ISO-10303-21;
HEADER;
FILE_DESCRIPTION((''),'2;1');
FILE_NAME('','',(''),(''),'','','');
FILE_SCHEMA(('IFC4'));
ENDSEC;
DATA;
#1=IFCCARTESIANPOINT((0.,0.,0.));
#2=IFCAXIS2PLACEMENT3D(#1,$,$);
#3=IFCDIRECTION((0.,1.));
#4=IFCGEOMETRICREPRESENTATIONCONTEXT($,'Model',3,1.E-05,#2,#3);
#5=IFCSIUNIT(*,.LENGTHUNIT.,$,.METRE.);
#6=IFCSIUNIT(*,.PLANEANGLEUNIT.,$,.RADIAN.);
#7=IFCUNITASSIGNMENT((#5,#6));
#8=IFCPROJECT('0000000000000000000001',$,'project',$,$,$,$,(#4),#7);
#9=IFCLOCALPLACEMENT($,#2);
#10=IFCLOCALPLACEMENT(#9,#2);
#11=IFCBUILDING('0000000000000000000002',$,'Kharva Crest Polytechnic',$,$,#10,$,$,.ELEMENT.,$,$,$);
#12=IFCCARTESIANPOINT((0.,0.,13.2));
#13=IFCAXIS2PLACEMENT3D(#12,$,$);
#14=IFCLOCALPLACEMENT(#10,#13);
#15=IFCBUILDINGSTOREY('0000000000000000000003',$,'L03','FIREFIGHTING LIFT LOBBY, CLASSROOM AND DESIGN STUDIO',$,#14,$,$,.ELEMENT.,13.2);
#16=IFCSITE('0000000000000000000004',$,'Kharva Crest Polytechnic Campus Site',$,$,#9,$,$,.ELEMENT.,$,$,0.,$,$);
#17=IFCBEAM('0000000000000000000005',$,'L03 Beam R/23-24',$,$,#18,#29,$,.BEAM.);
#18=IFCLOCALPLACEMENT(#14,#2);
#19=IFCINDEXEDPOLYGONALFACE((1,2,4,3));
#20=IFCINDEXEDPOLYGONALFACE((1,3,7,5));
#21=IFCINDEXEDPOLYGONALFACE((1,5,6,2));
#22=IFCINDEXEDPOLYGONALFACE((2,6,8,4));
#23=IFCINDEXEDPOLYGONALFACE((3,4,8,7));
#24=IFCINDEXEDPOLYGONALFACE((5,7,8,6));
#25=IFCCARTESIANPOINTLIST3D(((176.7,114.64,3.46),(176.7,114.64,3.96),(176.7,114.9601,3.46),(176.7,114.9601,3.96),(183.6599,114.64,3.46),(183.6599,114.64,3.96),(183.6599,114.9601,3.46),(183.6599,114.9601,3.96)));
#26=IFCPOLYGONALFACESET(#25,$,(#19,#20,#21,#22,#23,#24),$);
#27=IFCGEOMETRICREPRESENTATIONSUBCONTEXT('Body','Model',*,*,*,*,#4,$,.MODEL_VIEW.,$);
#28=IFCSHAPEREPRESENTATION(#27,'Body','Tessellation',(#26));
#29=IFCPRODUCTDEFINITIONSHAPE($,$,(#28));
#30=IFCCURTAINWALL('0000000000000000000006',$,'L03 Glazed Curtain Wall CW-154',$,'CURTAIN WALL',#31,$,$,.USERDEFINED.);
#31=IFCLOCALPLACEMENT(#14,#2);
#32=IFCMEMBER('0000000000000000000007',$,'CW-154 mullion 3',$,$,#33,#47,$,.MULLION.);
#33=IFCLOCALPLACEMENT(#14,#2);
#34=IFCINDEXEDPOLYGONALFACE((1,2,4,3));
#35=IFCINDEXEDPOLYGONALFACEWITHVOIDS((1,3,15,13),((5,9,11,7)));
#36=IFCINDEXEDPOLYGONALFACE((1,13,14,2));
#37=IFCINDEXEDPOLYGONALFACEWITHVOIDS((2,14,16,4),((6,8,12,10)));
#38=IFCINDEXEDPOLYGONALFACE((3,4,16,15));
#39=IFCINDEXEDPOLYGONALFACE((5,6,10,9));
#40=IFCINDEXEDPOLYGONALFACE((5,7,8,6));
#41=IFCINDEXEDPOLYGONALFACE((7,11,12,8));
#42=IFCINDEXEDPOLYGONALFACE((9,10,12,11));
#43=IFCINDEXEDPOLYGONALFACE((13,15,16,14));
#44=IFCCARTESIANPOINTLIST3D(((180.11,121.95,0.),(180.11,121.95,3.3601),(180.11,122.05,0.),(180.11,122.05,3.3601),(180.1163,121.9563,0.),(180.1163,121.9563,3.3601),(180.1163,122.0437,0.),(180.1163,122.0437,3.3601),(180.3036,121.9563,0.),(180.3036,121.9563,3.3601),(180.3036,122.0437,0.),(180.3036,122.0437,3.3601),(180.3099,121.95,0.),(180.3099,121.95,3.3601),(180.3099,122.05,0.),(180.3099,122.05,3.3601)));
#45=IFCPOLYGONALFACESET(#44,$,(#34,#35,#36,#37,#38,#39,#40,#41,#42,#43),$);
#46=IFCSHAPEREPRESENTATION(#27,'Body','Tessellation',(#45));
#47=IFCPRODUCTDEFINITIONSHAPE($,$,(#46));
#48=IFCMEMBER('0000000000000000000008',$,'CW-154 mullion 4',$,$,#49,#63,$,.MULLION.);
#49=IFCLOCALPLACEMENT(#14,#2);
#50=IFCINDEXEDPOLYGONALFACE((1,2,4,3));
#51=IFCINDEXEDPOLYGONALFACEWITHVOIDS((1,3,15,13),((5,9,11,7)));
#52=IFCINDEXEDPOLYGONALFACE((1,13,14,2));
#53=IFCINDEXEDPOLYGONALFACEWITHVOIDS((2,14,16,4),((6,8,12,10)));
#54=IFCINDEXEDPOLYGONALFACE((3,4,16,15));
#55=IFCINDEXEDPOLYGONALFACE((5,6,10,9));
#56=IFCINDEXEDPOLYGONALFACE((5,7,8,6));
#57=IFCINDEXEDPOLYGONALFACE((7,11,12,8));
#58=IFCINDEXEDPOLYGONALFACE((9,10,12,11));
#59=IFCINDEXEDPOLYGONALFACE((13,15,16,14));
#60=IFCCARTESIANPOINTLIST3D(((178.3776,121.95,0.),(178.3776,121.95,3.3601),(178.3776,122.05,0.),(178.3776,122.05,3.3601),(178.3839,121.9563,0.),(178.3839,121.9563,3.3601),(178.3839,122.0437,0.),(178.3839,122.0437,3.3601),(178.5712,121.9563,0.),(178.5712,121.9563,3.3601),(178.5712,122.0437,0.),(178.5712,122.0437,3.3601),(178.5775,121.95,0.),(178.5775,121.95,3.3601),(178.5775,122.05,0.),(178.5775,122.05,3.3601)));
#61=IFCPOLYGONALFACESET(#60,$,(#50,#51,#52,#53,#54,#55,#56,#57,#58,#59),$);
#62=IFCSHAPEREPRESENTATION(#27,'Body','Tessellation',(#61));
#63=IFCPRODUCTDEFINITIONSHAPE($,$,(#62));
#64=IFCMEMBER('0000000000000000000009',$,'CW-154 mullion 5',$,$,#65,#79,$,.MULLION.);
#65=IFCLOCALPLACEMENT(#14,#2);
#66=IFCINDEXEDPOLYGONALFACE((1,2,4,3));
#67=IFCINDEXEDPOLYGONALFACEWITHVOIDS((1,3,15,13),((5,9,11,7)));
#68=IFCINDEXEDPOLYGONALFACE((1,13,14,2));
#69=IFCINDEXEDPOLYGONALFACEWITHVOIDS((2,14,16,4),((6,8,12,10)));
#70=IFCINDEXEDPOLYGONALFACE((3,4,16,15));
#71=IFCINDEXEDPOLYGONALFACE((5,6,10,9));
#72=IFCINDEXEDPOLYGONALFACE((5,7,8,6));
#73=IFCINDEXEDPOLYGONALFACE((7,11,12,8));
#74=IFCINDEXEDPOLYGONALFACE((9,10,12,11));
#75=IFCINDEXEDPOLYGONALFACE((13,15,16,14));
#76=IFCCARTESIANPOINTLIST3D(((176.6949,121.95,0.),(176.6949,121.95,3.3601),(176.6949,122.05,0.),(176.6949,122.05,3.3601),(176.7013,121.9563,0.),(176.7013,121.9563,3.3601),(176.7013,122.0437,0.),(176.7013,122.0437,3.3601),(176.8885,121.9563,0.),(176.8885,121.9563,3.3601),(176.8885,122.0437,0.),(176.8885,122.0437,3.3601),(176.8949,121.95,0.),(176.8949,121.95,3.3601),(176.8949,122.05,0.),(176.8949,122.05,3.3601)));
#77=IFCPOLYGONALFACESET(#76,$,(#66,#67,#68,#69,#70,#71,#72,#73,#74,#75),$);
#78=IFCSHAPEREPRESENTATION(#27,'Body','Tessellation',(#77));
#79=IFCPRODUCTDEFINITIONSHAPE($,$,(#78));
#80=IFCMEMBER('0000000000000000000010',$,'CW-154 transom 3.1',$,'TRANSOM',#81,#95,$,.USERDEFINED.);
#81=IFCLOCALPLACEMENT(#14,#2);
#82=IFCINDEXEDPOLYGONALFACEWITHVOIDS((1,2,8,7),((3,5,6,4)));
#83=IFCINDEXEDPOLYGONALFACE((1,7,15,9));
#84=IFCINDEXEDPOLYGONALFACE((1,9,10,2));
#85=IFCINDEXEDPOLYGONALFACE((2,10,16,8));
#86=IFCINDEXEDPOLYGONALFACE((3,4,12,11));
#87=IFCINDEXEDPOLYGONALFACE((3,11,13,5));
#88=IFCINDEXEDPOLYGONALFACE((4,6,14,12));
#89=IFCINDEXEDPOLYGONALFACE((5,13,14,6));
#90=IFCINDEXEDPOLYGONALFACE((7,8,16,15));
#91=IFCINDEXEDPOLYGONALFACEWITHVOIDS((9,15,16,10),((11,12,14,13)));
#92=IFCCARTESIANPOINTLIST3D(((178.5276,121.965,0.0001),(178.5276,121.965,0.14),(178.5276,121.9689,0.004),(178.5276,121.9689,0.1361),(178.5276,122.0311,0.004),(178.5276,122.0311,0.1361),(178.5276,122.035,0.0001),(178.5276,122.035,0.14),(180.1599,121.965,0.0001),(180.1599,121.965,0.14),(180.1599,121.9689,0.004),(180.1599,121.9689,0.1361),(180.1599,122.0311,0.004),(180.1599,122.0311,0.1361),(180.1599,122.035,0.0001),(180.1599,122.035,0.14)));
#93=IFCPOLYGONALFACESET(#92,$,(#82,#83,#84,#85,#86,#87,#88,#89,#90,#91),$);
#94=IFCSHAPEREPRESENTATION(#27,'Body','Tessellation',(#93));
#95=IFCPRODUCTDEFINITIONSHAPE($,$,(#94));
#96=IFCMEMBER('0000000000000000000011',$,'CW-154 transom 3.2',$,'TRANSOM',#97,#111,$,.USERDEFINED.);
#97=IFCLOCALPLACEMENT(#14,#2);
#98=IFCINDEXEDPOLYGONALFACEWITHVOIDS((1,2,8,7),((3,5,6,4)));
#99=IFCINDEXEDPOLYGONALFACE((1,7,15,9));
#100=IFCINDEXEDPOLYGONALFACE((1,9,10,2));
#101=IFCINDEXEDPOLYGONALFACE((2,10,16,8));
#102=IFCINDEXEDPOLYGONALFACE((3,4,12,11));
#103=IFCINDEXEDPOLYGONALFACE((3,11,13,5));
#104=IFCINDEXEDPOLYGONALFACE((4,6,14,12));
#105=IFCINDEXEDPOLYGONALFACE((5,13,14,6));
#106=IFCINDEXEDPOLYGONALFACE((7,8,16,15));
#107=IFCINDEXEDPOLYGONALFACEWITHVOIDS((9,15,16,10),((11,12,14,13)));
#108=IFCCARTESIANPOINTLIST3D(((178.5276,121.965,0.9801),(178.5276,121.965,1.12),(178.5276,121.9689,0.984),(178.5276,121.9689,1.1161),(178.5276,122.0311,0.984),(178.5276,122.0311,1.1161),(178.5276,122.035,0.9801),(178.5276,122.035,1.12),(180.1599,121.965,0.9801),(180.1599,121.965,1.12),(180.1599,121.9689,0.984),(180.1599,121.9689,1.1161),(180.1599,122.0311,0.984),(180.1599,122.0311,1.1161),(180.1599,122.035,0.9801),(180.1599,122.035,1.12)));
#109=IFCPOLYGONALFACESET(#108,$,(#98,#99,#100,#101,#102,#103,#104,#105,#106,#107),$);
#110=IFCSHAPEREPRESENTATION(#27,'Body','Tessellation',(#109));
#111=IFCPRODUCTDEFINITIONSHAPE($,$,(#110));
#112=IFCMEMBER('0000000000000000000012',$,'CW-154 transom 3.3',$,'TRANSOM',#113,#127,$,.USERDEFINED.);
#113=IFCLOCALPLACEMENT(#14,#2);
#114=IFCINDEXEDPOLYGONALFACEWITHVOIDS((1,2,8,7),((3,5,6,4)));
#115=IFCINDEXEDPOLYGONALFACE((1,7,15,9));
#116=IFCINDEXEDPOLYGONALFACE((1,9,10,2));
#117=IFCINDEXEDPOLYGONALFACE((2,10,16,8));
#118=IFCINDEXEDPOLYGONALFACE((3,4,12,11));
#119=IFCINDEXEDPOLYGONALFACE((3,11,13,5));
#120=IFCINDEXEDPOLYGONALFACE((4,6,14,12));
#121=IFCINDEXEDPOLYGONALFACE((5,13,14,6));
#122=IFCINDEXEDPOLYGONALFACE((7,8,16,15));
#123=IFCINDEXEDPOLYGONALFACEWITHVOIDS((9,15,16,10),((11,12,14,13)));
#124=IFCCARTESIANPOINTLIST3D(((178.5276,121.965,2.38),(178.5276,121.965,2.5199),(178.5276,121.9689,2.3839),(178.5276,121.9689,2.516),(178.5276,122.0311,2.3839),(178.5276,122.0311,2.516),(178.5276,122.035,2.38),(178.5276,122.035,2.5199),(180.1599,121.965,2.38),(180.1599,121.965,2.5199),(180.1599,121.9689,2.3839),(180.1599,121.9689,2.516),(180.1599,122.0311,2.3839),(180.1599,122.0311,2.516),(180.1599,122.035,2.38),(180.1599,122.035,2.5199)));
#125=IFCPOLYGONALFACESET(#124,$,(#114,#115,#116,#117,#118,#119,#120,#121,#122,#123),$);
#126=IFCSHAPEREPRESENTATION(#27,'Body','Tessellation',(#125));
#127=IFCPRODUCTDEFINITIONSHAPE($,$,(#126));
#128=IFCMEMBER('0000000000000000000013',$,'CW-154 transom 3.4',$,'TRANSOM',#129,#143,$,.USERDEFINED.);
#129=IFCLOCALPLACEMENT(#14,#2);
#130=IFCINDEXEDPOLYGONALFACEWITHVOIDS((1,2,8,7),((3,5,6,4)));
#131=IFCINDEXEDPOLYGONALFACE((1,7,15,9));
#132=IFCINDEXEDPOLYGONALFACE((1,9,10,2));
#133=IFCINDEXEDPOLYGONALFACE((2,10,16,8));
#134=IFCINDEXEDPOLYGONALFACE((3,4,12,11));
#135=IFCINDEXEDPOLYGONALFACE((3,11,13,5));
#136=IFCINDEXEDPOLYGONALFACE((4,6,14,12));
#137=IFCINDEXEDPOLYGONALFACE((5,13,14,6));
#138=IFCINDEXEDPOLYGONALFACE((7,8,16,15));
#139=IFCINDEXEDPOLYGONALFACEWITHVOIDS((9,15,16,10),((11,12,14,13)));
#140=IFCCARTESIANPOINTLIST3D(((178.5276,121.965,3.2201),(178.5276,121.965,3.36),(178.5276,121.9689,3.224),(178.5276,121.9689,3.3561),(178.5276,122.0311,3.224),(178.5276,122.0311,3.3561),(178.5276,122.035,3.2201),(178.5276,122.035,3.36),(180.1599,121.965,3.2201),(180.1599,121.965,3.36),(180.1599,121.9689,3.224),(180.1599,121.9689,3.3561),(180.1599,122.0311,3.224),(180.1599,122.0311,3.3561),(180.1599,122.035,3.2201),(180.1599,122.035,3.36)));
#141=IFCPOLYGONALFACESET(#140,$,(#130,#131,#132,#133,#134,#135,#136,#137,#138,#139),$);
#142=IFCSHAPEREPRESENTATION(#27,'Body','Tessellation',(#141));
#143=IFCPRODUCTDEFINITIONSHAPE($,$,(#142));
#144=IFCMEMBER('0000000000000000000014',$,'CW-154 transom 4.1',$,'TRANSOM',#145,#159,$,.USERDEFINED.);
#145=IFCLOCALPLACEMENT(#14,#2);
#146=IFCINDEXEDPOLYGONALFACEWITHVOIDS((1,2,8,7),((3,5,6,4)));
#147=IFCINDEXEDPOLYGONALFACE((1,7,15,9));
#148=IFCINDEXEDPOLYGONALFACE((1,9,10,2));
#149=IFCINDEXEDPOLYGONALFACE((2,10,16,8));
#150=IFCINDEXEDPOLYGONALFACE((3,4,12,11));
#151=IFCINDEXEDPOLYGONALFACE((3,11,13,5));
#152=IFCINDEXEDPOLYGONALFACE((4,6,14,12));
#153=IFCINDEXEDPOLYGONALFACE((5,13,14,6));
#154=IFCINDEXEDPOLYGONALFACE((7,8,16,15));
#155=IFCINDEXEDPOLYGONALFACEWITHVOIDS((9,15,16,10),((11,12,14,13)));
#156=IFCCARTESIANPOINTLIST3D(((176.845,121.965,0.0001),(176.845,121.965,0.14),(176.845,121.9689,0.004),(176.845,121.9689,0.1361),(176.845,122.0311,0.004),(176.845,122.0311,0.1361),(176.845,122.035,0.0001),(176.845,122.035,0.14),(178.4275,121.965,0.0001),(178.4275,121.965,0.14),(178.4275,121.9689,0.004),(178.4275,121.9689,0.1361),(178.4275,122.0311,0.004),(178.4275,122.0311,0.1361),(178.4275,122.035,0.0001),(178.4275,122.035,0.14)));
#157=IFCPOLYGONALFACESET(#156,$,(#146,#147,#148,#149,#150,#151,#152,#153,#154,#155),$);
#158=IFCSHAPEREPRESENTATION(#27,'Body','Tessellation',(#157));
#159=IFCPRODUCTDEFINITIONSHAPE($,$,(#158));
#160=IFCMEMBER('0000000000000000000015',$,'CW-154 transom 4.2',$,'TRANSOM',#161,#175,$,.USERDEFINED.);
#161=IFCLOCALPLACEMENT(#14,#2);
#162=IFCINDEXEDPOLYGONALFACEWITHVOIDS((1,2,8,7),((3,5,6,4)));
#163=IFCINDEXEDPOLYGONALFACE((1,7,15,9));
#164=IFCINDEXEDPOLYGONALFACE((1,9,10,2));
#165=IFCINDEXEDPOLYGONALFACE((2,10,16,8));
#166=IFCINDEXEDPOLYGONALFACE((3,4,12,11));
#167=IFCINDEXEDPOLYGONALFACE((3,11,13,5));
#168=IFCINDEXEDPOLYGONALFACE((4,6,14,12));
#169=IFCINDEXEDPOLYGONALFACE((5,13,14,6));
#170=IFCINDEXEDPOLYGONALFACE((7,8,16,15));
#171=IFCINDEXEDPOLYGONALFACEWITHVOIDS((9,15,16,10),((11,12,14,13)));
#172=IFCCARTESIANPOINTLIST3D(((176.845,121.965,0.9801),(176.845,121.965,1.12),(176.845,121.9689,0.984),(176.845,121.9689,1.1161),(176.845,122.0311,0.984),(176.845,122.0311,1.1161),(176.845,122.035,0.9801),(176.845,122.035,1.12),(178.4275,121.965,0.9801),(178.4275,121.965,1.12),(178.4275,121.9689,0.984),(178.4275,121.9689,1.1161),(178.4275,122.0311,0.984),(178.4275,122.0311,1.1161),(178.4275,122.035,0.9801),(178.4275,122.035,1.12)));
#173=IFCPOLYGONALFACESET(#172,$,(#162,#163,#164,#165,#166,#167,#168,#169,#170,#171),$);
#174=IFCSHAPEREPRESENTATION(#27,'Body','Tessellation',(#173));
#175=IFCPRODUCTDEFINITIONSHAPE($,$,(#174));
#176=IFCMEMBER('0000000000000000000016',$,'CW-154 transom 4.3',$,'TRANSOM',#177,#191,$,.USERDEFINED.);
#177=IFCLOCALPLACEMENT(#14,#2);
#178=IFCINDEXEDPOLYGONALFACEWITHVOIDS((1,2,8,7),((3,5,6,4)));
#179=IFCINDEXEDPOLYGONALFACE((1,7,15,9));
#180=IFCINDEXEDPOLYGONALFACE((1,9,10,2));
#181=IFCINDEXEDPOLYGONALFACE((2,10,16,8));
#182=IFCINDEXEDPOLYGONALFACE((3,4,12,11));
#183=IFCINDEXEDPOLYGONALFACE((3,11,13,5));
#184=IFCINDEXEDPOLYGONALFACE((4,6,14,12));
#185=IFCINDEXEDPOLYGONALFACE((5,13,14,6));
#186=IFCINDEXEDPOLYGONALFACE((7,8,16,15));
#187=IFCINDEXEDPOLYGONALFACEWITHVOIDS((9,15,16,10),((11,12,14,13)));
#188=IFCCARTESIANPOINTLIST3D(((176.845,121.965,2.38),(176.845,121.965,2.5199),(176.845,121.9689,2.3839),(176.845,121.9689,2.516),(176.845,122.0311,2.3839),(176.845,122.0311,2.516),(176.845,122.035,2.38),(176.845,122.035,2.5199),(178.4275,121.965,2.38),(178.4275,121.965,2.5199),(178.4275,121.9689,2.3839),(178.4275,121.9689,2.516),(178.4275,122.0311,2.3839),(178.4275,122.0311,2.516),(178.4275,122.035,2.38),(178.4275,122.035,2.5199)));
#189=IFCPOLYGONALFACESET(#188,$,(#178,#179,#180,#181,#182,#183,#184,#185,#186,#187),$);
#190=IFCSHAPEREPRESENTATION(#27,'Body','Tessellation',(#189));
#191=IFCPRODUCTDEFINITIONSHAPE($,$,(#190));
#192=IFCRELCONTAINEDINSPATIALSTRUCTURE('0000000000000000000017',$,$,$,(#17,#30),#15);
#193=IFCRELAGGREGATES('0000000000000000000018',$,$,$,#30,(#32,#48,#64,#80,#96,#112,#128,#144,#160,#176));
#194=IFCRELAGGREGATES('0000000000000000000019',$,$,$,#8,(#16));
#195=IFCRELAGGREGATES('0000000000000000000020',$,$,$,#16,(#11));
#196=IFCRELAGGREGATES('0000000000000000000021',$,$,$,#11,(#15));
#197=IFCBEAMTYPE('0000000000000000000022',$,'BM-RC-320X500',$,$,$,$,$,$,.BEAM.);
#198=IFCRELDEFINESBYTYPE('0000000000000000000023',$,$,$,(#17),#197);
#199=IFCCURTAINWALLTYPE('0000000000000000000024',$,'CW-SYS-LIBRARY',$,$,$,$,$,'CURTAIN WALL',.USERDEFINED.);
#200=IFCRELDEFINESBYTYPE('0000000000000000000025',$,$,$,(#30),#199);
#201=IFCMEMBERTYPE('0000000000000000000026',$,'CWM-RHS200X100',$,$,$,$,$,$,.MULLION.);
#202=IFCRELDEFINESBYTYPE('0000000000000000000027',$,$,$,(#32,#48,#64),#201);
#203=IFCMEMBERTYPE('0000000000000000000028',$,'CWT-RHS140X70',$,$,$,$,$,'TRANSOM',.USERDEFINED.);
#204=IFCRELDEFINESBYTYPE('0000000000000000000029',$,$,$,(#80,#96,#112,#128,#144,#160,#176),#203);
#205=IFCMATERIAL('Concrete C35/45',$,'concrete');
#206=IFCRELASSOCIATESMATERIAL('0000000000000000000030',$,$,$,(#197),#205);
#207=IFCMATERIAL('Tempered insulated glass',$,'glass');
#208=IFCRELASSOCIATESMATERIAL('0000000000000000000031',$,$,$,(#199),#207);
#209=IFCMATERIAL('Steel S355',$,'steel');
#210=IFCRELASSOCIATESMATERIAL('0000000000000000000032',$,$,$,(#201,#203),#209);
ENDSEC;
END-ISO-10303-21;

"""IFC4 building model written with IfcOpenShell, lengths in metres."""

from ifc_helpers import new_model, si_unit, direction, frame, origin, origin_2d, place, context, subcontext, project, spatial, rectangle, hollow_rectangle, extrude, material, material_profile, profile_set, type_object, element, aggregate, save


model = new_model("IFC4")

# Units and contexts
model_context = context("Model", 3, precision=1e-05, world=origin(), true_north=direction((0.0, 1.0)))
body_context = subcontext(model_context, "Body", "Model", "MODEL_VIEW")
ifc_project = project(units=[si_unit("LENGTHUNIT", "METRE"), si_unit("PLANEANGLEUNIT", "RADIAN")], contexts=[model_context])

# Site, building, storey
site_placement = place(None, origin())
site = spatial("IfcSite", under=ifc_project, at=site_placement, Name="Kharva Crest Polytechnic Campus Site", CompositionType="ELEMENT", RefElevation=0.0)
building_placement = place(site_placement, origin())
building = spatial("IfcBuilding", under=site, at=building_placement, Name="Kharva Crest Polytechnic", CompositionType="ELEMENT")
storey_placement = place(building_placement, frame((0.0, 0.0, 13.2)))
storey = spatial("IfcBuildingStorey", under=building, at=storey_placement, Name="L03", Description="FIREFIGHTING LIFT LOBBY, CLASSROOM AND DESIGN STUDIO", CompositionType="ELEMENT", Elevation=13.2)

# Beam
ifc_material_1 = material(Name="Concrete C35/45", Category="concrete")
ifc_material_profile_1 = material_profile(ifc_material_1, rectangle(XDim=0.3201, YDim=0.5, at=origin_2d()), Name="RECT 320 X 500")
ifc_profile_set_1 = profile_set([ifc_material_profile_1], Name="Concrete C35/45")
beam_type_1 = type_object("IfcBeamType", Name="BM-RC-320X500", PredefinedType="BEAM", material=ifc_profile_set_1)
beam_1_placement = place(storey_placement, frame((176.7, 114.8, 3.71), z_axis=(1.0, 0.0, 0.0), x_axis=(0.0, 1.0, 0.0)))
element("IfcBeam", 1, at=beam_1_placement, inside=storey, type_object=beam_type_1, Name="L03 Beam R/23-24", PredefinedType="BEAM", context=body_context, shape_type="SweptSolid", body=[
    extrude(rectangle(XDim=0.3201, YDim=0.5, at=origin_2d()), origin(), (0.0, 0.0, 1.0), 6.96),
])

# Curtain wall, members
ifc_material_2 = material(Name="Tempered insulated glass", Category="glass")
curtain_wall_type = type_object("IfcCurtainWallType", Name="CW-SYS-LIBRARY", ElementType="CURTAIN WALL", PredefinedType="USERDEFINED", material=ifc_material_2)
curtain_wall_placement = place(storey_placement, origin())
curtain_wall = element("IfcCurtainWall", 2, at=curtain_wall_placement, inside=storey, type_object=curtain_wall_type, Name="L03 Glazed Curtain Wall CW-154", ObjectType="CURTAIN WALL", PredefinedType="USERDEFINED")
ifc_material_3 = material(Name="Steel S355", Category="steel")
ifc_material_profile_2 = material_profile(ifc_material_3, hollow_rectangle(XDim=0.1001, YDim=0.2, WallThickness=0.0063, at=origin_2d()), Name="RHS 200X100X6.3")
ifc_profile_set_2 = profile_set([ifc_material_profile_2], Name="Steel S355")
member_type_1 = type_object("IfcMemberType", Name="CWM-RHS200X100", PredefinedType="MULLION", material=ifc_profile_set_2)
member_1_placement = place(storey_placement, frame((180.21, 122.0, 0.0), z_axis=(0.0, 0.0, 1.0), x_axis=(0.0, -1.0, 0.0)))
member_1 = element("IfcMember", 3, at=member_1_placement, type_object=member_type_1, Name="CW-154 mullion 3", PredefinedType="MULLION", context=body_context, shape_type="SweptSolid", body=[
    extrude(hollow_rectangle(XDim=0.1001, YDim=0.2, WallThickness=0.0063, at=origin_2d()), origin(), (0.0, 0.0, 1.0), 3.3601),
])
member_2_placement = place(storey_placement, frame((178.4775, 122.0, 0.0), z_axis=(0.0, 0.0, 1.0), x_axis=(0.0, -1.0, 0.0)))
member_2 = element("IfcMember", 4, at=member_2_placement, type_object=member_type_1, Name="CW-154 mullion 4", PredefinedType="MULLION", context=body_context, shape_type="SweptSolid", body=[
    extrude(hollow_rectangle(XDim=0.1001, YDim=0.2, WallThickness=0.0063, at=origin_2d()), origin(), (0.0, 0.0, 1.0), 3.3601),
])
member_3_placement = place(storey_placement, frame((176.7949, 122.0, 0.0), z_axis=(0.0, 0.0, 1.0), x_axis=(0.0, -1.0, 0.0)))
member_3 = element("IfcMember", 5, at=member_3_placement, type_object=member_type_1, Name="CW-154 mullion 5", PredefinedType="MULLION", context=body_context, shape_type="SweptSolid", body=[
    extrude(hollow_rectangle(XDim=0.1001, YDim=0.2, WallThickness=0.0063, at=origin_2d()), origin(), (0.0, 0.0, 1.0), 3.3601),
])
ifc_material_profile_3 = material_profile(ifc_material_3, hollow_rectangle(XDim=0.0701, YDim=0.1399, WallThickness=0.0039, at=origin_2d()), Name="RHS 140X70X4.0")
ifc_profile_set_3 = profile_set([ifc_material_profile_3], Name="Steel S355")
member_type_2 = type_object("IfcMemberType", Name="CWT-RHS140X70", ElementType="TRANSOM", PredefinedType="USERDEFINED", material=ifc_profile_set_3)
member_4_placement = place(storey_placement, frame((180.1599, 122.0, 0.0701), z_axis=(-1.0, 0.0, 0.0), x_axis=(0.0, -1.0, 0.0)))
member_4 = element("IfcMember", 6, at=member_4_placement, type_object=member_type_2, Name="CW-154 transom 3.1", ObjectType="TRANSOM", PredefinedType="USERDEFINED", context=body_context, shape_type="SweptSolid", body=[
    extrude(hollow_rectangle(XDim=0.0701, YDim=0.1399, WallThickness=0.0039, at=origin_2d()), origin(), (0.0, 0.0, 1.0), 1.6323),
])
member_5_placement = place(storey_placement, frame((180.1599, 122.0, 1.05), z_axis=(-1.0, 0.0, 0.0), x_axis=(0.0, -1.0, 0.0)))
member_5 = element("IfcMember", 7, at=member_5_placement, type_object=member_type_2, Name="CW-154 transom 3.2", ObjectType="TRANSOM", PredefinedType="USERDEFINED", context=body_context, shape_type="SweptSolid", body=[
    extrude(hollow_rectangle(XDim=0.0701, YDim=0.1399, WallThickness=0.0039, at=origin_2d()), origin(), (0.0, 0.0, 1.0), 1.6323),
])
member_6_placement = place(storey_placement, frame((180.1599, 122.0, 2.45), z_axis=(-1.0, 0.0, 0.0), x_axis=(0.0, -1.0, 0.0)))
member_6 = element("IfcMember", 8, at=member_6_placement, type_object=member_type_2, Name="CW-154 transom 3.3", ObjectType="TRANSOM", PredefinedType="USERDEFINED", context=body_context, shape_type="SweptSolid", body=[
    extrude(hollow_rectangle(XDim=0.0701, YDim=0.1399, WallThickness=0.0039, at=origin_2d()), origin(), (0.0, 0.0, 1.0), 1.6323),
])
member_7_placement = place(storey_placement, frame((180.1599, 122.0, 3.29), z_axis=(-1.0, 0.0, 0.0), x_axis=(0.0, -1.0, 0.0)))
member_7 = element("IfcMember", 9, at=member_7_placement, type_object=member_type_2, Name="CW-154 transom 3.4", ObjectType="TRANSOM", PredefinedType="USERDEFINED", context=body_context, shape_type="SweptSolid", body=[
    extrude(hollow_rectangle(XDim=0.0701, YDim=0.1399, WallThickness=0.0039, at=origin_2d()), origin(), (0.0, 0.0, 1.0), 1.6323),
])
member_8_placement = place(storey_placement, frame((178.4275, 122.0, 0.0701), z_axis=(-1.0, 0.0, 0.0), x_axis=(0.0, -1.0, 0.0)))
member_8 = element("IfcMember", 10, at=member_8_placement, type_object=member_type_2, Name="CW-154 transom 4.1", ObjectType="TRANSOM", PredefinedType="USERDEFINED", context=body_context, shape_type="SweptSolid", body=[
    extrude(hollow_rectangle(XDim=0.0701, YDim=0.1399, WallThickness=0.0039, at=origin_2d()), origin(), (0.0, 0.0, 1.0), 1.5825),
])
member_9_placement = place(storey_placement, frame((178.4275, 122.0, 1.05), z_axis=(-1.0, 0.0, 0.0), x_axis=(0.0, -1.0, 0.0)))
member_9 = element("IfcMember", 11, at=member_9_placement, type_object=member_type_2, Name="CW-154 transom 4.2", ObjectType="TRANSOM", PredefinedType="USERDEFINED", context=body_context, shape_type="SweptSolid", body=[
    extrude(hollow_rectangle(XDim=0.0701, YDim=0.1399, WallThickness=0.0039, at=origin_2d()), origin(), (0.0, 0.0, 1.0), 1.5825),
])
member_10_placement = place(storey_placement, frame((178.4275, 122.0, 2.45), z_axis=(-1.0, 0.0, 0.0), x_axis=(0.0, -1.0, 0.0)))
member_10 = element("IfcMember", 12, at=member_10_placement, type_object=member_type_2, Name="CW-154 transom 4.3", ObjectType="TRANSOM", PredefinedType="USERDEFINED", context=body_context, shape_type="SweptSolid", body=[
    extrude(hollow_rectangle(XDim=0.0701, YDim=0.1399, WallThickness=0.0039, at=origin_2d()), origin(), (0.0, 0.0, 1.0), 1.5825),
])

aggregate(curtain_wall, [member_1, member_2, member_3, member_4, member_5, member_6, member_7, member_8, member_9, member_10])

save(model, "model.ifc")
